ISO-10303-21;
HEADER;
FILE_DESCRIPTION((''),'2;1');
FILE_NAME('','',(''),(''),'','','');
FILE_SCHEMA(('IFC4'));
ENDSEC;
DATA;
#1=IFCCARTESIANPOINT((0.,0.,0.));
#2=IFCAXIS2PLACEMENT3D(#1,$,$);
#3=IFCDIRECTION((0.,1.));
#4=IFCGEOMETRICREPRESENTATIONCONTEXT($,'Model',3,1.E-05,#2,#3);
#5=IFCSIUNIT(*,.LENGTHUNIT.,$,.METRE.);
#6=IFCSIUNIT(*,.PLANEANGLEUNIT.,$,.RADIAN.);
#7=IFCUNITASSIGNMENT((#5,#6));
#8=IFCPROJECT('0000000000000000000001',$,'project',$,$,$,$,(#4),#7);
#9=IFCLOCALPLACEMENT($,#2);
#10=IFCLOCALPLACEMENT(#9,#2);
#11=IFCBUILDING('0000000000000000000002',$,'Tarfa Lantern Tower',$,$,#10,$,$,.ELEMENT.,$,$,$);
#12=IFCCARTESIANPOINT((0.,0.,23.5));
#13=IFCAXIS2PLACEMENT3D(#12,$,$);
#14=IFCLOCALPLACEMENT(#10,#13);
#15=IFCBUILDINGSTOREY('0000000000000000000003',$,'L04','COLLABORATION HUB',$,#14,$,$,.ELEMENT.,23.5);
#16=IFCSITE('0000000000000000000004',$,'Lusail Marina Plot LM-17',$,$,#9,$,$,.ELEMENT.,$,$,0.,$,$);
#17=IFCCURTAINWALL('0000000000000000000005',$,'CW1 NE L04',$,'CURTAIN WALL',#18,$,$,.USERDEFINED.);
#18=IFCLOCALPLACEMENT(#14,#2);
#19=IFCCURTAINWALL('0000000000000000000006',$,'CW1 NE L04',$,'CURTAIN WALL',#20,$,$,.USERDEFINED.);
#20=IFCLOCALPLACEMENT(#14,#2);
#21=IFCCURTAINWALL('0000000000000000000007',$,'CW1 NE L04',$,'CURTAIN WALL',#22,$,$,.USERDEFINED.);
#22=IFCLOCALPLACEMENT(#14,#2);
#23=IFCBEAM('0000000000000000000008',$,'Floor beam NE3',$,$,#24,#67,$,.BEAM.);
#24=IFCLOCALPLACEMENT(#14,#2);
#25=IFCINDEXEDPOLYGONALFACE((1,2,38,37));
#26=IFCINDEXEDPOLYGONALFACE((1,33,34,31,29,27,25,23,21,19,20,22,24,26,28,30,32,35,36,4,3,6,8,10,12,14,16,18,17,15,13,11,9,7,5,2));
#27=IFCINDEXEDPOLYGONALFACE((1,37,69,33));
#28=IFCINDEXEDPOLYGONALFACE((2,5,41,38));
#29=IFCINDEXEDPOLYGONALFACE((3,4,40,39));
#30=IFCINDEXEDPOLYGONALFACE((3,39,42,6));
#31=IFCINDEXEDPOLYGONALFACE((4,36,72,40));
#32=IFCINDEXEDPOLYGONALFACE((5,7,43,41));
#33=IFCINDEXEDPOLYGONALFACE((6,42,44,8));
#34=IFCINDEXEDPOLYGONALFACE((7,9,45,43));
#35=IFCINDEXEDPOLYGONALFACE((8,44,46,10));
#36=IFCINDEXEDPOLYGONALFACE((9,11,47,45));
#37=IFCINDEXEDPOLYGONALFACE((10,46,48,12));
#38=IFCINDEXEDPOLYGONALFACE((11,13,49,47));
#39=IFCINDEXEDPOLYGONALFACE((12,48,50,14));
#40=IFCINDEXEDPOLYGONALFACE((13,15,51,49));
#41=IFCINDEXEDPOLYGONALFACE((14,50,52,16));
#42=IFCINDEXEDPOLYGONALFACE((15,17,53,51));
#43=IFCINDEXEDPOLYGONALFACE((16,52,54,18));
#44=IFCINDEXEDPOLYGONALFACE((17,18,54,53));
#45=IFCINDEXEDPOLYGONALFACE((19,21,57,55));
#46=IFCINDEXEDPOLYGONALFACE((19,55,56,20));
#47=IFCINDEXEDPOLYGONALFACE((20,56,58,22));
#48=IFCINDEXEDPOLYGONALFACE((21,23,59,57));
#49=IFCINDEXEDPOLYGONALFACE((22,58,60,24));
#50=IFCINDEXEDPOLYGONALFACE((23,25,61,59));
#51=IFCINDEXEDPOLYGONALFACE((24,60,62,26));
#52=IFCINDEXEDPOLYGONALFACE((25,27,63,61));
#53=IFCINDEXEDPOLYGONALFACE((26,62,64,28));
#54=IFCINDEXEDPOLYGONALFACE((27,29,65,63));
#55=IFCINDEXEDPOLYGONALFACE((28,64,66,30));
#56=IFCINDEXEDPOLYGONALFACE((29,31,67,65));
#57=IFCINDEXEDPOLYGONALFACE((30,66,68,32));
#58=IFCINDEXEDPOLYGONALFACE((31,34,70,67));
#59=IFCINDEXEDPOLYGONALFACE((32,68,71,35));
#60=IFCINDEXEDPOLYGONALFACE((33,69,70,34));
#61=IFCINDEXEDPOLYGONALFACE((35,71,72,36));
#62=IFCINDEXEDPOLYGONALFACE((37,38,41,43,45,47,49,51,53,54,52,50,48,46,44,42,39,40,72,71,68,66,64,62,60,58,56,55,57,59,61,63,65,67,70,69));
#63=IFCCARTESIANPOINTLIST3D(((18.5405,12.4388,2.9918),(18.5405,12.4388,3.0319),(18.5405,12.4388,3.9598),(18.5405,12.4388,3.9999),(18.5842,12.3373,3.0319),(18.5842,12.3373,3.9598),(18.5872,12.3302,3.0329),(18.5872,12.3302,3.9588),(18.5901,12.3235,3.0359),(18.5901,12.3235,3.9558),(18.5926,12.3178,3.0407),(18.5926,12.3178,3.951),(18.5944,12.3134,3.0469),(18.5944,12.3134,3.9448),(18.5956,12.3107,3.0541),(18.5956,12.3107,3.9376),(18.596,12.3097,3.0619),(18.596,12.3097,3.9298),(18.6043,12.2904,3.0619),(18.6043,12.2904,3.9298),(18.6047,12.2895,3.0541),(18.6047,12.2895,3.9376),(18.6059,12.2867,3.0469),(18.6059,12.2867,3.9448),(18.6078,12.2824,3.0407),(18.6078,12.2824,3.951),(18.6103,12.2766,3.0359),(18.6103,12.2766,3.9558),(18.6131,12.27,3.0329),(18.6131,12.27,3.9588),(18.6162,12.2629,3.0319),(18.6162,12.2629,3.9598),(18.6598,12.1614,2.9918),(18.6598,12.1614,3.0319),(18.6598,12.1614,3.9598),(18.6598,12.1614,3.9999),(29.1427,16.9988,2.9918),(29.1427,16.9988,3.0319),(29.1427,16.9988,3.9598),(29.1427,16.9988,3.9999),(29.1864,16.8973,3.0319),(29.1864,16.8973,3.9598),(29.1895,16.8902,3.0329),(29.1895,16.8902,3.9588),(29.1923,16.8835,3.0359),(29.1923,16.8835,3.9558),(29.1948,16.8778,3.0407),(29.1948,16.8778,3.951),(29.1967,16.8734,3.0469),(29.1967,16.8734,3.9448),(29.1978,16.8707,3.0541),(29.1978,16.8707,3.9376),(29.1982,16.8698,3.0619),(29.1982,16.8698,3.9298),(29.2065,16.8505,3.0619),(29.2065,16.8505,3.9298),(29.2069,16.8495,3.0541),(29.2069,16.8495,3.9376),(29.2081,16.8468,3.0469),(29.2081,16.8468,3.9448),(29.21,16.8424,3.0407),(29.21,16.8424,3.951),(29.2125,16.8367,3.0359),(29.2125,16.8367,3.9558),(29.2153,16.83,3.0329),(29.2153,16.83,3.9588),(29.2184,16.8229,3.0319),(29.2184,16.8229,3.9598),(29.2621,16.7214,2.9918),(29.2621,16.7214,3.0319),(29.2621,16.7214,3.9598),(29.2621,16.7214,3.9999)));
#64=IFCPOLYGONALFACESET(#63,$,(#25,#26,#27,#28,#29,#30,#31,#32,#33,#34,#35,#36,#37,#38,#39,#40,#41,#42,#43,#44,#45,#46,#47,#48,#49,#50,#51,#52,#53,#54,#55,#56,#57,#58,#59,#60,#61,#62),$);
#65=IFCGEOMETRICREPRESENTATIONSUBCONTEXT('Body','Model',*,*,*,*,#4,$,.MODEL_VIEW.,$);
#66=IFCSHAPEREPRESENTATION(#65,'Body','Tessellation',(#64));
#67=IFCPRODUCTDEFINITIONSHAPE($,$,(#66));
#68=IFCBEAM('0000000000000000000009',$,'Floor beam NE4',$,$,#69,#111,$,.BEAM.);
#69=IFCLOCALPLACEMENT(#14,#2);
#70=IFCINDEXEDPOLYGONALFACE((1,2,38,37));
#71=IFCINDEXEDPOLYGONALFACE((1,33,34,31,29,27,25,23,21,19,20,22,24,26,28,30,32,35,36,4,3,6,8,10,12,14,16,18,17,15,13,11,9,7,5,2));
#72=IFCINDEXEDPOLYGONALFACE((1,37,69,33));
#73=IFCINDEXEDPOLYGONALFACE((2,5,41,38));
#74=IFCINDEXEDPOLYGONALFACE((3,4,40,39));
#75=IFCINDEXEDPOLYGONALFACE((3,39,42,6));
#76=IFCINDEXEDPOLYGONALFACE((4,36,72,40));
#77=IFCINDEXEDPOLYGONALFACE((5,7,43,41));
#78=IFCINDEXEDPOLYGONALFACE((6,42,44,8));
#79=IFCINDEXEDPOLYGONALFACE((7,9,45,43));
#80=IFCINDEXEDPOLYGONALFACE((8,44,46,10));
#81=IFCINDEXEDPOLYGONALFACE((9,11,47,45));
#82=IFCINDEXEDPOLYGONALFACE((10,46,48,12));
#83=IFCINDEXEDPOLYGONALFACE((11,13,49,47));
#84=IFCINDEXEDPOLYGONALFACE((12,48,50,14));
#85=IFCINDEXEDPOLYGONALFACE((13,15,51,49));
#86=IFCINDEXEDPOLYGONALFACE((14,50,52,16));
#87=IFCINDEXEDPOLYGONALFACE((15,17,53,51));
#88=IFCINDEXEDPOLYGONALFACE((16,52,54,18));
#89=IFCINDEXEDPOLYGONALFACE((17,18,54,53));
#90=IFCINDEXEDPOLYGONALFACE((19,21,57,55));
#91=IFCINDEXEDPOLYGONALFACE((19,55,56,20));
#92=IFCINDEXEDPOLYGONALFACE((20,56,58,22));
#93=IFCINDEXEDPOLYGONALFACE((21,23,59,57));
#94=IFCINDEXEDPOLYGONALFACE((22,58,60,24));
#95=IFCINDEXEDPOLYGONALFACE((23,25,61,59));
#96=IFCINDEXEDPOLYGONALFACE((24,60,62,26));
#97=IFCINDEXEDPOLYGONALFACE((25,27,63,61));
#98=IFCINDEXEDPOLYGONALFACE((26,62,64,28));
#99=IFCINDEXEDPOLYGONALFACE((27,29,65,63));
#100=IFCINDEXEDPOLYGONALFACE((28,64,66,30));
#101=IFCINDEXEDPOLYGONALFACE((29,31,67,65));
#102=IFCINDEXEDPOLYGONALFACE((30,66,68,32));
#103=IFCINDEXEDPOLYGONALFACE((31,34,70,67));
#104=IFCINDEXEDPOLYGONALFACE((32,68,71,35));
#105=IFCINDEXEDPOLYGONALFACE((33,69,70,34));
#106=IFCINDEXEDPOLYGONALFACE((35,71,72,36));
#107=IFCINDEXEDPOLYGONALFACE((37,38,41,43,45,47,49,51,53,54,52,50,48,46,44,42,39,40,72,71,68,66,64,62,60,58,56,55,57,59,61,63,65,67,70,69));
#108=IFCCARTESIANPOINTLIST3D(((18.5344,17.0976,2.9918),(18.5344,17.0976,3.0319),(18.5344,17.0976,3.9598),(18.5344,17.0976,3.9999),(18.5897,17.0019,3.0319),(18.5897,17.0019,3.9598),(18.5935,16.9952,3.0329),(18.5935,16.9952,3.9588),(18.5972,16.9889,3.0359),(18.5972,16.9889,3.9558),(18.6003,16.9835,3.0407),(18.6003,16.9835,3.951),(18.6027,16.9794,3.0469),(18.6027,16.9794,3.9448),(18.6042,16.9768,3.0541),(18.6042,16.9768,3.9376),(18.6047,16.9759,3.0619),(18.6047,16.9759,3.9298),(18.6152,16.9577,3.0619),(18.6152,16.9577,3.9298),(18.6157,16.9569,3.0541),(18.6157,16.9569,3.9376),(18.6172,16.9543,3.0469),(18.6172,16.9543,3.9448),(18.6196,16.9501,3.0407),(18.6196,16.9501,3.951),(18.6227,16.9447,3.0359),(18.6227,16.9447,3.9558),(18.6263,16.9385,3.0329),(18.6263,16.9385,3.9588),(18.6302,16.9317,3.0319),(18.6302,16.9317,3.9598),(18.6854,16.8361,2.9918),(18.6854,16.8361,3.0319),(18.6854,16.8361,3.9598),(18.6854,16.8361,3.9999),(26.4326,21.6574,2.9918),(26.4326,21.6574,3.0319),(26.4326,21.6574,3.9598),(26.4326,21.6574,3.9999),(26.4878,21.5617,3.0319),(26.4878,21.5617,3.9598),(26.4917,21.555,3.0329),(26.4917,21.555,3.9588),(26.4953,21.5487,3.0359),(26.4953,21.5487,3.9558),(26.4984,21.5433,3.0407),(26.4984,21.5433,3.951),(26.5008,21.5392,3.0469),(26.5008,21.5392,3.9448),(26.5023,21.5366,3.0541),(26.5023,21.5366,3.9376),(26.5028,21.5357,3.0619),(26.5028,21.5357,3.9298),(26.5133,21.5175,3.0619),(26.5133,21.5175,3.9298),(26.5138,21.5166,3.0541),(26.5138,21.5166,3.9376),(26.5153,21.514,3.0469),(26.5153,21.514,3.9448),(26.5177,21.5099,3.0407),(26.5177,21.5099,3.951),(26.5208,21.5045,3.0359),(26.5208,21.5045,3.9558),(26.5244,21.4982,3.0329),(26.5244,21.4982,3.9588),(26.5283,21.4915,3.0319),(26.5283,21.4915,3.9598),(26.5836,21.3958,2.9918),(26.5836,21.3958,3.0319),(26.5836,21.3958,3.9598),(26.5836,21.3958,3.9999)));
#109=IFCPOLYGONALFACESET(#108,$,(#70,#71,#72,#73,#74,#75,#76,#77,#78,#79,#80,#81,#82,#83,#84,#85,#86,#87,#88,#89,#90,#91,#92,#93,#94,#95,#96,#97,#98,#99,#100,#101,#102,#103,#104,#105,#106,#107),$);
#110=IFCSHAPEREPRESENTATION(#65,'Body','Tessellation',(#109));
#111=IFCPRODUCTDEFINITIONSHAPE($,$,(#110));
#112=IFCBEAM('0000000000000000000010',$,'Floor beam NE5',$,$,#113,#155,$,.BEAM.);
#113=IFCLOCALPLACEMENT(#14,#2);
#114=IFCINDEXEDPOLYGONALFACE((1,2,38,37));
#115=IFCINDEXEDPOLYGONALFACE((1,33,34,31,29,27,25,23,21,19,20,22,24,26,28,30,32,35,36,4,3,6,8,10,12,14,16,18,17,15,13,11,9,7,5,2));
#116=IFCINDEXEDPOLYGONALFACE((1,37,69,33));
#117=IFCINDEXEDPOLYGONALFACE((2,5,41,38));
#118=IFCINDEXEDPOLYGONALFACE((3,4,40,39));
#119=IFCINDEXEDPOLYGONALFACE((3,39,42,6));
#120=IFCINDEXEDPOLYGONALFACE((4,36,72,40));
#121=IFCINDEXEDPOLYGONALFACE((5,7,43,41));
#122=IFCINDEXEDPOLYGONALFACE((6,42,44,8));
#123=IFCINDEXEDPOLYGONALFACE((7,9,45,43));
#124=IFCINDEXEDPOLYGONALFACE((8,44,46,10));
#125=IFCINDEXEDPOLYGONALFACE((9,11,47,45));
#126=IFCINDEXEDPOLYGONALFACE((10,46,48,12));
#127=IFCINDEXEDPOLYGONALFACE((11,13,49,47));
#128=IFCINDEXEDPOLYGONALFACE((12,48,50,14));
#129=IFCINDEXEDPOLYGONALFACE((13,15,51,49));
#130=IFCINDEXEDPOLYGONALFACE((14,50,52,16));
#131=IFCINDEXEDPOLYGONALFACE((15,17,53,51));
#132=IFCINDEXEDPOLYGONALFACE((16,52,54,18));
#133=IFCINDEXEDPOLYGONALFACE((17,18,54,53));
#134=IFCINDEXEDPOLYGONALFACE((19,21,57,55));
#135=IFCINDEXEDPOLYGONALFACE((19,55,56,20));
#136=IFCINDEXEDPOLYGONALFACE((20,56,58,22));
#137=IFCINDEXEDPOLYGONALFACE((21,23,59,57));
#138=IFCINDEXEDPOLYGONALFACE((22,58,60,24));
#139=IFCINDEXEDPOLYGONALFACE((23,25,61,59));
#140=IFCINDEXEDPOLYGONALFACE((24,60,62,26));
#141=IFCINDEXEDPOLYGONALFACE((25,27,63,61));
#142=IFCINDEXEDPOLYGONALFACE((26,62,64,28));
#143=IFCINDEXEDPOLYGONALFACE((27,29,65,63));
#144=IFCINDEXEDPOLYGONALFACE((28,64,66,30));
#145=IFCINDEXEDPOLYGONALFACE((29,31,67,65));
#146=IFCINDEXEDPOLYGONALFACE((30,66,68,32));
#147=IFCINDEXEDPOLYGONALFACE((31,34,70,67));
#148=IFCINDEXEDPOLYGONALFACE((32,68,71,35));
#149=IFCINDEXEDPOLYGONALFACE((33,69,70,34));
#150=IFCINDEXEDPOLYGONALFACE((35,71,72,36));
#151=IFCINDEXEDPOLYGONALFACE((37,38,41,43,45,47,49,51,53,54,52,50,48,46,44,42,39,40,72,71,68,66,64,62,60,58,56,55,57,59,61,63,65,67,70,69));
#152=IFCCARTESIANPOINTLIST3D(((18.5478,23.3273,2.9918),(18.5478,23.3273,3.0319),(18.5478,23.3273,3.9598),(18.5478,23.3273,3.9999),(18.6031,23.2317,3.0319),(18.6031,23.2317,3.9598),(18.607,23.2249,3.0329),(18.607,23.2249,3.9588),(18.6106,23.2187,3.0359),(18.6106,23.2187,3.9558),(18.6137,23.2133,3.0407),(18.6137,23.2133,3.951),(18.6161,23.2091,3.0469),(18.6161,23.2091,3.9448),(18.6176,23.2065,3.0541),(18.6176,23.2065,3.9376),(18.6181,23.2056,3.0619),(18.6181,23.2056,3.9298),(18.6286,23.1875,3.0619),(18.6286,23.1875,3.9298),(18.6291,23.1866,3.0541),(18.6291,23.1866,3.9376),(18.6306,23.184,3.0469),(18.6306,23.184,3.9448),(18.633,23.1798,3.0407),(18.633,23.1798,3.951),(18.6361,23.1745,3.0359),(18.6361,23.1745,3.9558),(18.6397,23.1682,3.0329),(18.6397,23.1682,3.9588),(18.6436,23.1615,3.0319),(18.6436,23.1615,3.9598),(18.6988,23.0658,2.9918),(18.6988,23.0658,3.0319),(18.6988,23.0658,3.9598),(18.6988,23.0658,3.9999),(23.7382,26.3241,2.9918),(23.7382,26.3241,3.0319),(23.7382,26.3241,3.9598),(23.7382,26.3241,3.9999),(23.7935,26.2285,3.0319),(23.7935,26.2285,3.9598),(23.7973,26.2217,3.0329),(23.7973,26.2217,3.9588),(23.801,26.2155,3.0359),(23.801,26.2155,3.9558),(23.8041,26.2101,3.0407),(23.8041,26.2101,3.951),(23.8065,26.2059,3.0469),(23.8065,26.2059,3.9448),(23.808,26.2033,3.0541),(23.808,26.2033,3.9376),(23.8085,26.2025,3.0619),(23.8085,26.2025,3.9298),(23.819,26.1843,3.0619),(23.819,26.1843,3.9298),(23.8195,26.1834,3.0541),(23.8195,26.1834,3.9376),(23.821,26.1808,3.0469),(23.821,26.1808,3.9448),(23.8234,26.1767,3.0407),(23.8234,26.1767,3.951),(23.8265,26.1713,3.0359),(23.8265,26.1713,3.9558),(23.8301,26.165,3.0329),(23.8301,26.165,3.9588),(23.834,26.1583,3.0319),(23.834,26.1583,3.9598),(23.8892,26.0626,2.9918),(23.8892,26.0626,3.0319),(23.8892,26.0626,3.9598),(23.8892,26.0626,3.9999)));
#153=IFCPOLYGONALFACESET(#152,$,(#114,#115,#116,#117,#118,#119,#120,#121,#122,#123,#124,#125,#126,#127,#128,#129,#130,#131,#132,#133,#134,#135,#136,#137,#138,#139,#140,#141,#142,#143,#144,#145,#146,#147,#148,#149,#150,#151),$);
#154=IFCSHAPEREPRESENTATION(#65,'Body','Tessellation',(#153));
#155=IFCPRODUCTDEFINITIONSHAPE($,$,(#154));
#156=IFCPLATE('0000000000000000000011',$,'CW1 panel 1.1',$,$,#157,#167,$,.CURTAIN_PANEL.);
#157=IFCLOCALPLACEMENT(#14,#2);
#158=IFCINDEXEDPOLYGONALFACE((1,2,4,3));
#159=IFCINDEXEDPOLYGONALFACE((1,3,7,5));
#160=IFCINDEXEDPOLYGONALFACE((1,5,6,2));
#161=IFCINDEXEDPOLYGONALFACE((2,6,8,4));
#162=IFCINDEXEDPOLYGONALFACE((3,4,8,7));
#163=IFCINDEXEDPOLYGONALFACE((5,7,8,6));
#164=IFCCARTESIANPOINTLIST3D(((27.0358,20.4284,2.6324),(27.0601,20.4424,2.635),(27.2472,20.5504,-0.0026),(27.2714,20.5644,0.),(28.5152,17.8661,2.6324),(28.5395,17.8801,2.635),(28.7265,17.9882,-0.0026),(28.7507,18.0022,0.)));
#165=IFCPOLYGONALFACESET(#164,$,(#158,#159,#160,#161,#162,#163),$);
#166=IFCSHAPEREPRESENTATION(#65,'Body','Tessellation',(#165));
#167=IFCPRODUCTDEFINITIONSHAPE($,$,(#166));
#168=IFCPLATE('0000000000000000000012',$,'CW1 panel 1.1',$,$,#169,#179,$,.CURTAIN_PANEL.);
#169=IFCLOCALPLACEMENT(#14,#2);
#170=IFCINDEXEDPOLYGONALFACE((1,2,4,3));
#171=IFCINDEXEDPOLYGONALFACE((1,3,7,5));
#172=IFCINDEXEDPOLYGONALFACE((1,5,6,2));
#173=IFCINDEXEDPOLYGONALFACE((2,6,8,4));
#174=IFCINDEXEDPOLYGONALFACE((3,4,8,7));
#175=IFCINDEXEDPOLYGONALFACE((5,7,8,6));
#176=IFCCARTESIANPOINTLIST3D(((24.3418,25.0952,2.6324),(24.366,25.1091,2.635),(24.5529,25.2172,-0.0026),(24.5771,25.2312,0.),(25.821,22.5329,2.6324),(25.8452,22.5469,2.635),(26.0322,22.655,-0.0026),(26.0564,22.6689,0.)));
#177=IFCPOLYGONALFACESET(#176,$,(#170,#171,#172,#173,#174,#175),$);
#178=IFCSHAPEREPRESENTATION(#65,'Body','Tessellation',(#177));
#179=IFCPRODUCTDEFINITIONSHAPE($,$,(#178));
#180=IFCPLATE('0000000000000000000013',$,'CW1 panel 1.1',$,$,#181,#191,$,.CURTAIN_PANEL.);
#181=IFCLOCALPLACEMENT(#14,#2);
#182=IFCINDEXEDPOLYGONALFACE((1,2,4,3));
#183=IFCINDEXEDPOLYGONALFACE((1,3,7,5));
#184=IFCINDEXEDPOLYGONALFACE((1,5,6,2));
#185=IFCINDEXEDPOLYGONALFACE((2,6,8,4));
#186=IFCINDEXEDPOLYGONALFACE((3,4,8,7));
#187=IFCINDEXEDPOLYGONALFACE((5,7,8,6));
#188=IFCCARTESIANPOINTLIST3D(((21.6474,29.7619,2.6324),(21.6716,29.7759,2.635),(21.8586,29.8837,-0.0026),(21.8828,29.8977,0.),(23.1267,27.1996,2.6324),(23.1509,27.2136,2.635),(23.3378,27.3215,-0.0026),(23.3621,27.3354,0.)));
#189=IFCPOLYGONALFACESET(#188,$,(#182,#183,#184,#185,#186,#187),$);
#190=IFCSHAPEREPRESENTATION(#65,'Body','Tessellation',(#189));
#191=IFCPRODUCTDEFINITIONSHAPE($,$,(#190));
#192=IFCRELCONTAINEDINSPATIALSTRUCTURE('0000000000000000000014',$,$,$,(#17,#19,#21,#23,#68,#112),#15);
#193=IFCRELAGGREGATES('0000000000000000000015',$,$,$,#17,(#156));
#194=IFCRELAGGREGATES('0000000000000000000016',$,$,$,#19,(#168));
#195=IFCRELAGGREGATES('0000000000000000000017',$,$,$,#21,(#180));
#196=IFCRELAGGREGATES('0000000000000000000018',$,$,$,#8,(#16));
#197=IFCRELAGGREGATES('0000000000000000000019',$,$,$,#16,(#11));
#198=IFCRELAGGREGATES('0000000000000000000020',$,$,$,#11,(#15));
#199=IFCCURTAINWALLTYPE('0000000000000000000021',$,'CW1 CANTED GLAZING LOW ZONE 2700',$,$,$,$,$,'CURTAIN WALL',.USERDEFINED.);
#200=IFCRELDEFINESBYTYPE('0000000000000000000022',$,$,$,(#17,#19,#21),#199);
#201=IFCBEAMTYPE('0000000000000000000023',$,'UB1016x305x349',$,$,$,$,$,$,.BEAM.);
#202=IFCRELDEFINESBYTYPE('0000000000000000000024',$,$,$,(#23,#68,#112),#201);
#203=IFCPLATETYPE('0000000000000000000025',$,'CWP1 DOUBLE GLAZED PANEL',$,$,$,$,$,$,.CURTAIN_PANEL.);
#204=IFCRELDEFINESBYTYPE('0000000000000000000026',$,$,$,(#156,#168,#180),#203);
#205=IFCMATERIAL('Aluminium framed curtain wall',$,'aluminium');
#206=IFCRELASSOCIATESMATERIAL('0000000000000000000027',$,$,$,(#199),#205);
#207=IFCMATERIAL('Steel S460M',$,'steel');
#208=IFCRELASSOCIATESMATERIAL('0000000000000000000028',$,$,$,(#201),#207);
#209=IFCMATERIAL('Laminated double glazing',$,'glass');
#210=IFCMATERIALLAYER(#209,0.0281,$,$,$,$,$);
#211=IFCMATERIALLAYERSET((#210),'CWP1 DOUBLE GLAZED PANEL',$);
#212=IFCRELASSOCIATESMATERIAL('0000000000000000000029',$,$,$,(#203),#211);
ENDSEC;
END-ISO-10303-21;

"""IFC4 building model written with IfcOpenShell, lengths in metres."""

from ifc_helpers import new_model, si_unit, direction, frame, origin, origin_2d, place, context, subcontext, project, spatial, polyline, i_section, outline, extrude, material, layer, layer_set, material_profile, profile_set, type_object, element, aggregate, save


model = new_model("IFC4")

# Units and contexts
model_context = context("Model", 3, precision=1e-05, world=origin(), true_north=direction((0.0, 1.0)))
body_context = subcontext(model_context, "Body", "Model", "MODEL_VIEW")
ifc_project = project(units=[si_unit("LENGTHUNIT", "METRE"), si_unit("PLANEANGLEUNIT", "RADIAN")], contexts=[model_context])

# Site, building, storey
site_placement = place(None, origin())
site = spatial("IfcSite", under=ifc_project, at=site_placement, Name="Lusail Marina Plot LM-17", CompositionType="ELEMENT", RefElevation=0.0)
building_placement = place(site_placement, origin())
building = spatial("IfcBuilding", under=site, at=building_placement, Name="Tarfa Lantern Tower", CompositionType="ELEMENT")
storey_placement = place(building_placement, frame((0.0, 0.0, 23.5)))
storey = spatial("IfcBuildingStorey", under=building, at=storey_placement, Name="L04", Description="COLLABORATION HUB", CompositionType="ELEMENT", Elevation=23.5)

# Curtain walls
ifc_material_1 = material(Name="Aluminium framed curtain wall", Category="aluminium")
curtain_wall_type = type_object("IfcCurtainWallType", Name="CW1 CANTED GLAZING LOW ZONE 2700", ElementType="CURTAIN WALL", PredefinedType="USERDEFINED", material=ifc_material_1)
curtain_wall_1_placement = place(storey_placement, origin())
curtain_wall_1 = element("IfcCurtainWall", 1, at=curtain_wall_1_placement, inside=storey, type_object=curtain_wall_type, Name="CW1 NE L04", ObjectType="CURTAIN WALL", PredefinedType="USERDEFINED")
curtain_wall_2_placement = place(storey_placement, origin())
curtain_wall_2 = element("IfcCurtainWall", 2, at=curtain_wall_2_placement, inside=storey, type_object=curtain_wall_type, Name="CW1 NE L04", ObjectType="CURTAIN WALL", PredefinedType="USERDEFINED")

# Curtain wall
curtain_wall_3_placement = place(storey_placement, origin())
curtain_wall_3 = element("IfcCurtainWall", 3, at=curtain_wall_3_placement, inside=storey, type_object=curtain_wall_type, Name="CW1 NE L04", ObjectType="CURTAIN WALL", PredefinedType="USERDEFINED")

# Beams
ifc_material_2 = material(Name="Steel S460M", Category="steel")
ifc_material_profile_1 = material_profile(ifc_material_2, i_section(OverallWidth=0.302, OverallDepth=1.0081, WebThickness=0.021, FlangeThickness=0.04, FilletRadius=0.03, at=origin_2d()), Name="UB1016x305x349")
ifc_profile_set_1 = profile_set([ifc_material_profile_1], Name="Steel S460M")
beam_type_1 = type_object("IfcBeamType", Name="UB1016x305x349", PredefinedType="BEAM", material=ifc_profile_set_1)
beam_1_placement = place(storey_placement, frame((29.2024, 16.8601, 3.4958), z_axis=(-0.918635, -0.395106, 0.0), x_axis=(0.395106, -0.918635, 0.0)))
element("IfcBeam", 4, at=beam_1_placement, inside=storey, type_object=beam_type_1, Name="Floor beam NE3", PredefinedType="BEAM", context=body_context, shape_type="SweptSolid", body=[
    extrude(i_section(OverallWidth=0.302, OverallDepth=1.0081, WebThickness=0.021, FlangeThickness=0.04, FilletRadius=0.03, at=origin_2d()), origin(), (0.0, 0.0, 1.0), 11.5413),
])
beam_2_placement = place(storey_placement, frame((26.5081, 21.5266, 3.4958), z_axis=(-0.866035, -0.499983, 0.0), x_axis=(0.499983, -0.866035, 0.0)))
element("IfcBeam", 5, at=beam_2_placement, inside=storey, type_object=beam_type_1, Name="Floor beam NE4", PredefinedType="BEAM", context=body_context, shape_type="SweptSolid", body=[
    extrude(i_section(OverallWidth=0.302, OverallDepth=1.0081, WebThickness=0.021, FlangeThickness=0.04, FilletRadius=0.03, at=origin_2d()), origin(), (0.0, 0.0, 1.0), 9.1199),
])
beam_3_placement = place(storey_placement, frame((23.8137, 26.1934, 3.4958), z_axis=(-0.866016, -0.500016, 0.0), x_axis=(0.500016, -0.866016, 0.0)))
element("IfcBeam", 6, at=beam_3_placement, inside=storey, type_object=beam_type_1, Name="Floor beam NE5", PredefinedType="BEAM", context=body_context, shape_type="SweptSolid", body=[
    extrude(i_section(OverallWidth=0.302, OverallDepth=1.0081, WebThickness=0.021, FlangeThickness=0.04, FilletRadius=0.03, at=origin_2d()), origin(), (0.0, 0.0, 1.0), 5.9934),
])

# Plates
ifc_material_3 = material(Name="Laminated double glazing", Category="glass")
ifc_layer_1 = layer(ifc_material_3, 0.0281)
ifc_layer_set_1 = layer_set([ifc_layer_1], Name="CWP1 DOUBLE GLAZED PANEL")
plate_type = type_object("IfcPlateType", Name="CWP1 DOUBLE GLAZED PANEL", PredefinedType="CURTAIN_PANEL", material=ifc_layer_set_1)
plate_1_placement = place(storey_placement, frame((28.7507, 18.0022, 0.0), z_axis=(0.862328, 0.497882, 0.092216), x_axis=(-0.500013, 0.866018, -0.000003)))
plate_1 = element("IfcPlate", 7, at=plate_1_placement, type_object=plate_type, Name="CW1 panel 1.1", PredefinedType="CURTAIN_PANEL", context=body_context, shape_type="SweptSolid", body=[
    extrude(outline(polyline([(0.0, 0.0), (2.9586, 0.0), (2.9586, 2.6463), (-0.0001, 2.6463), (0.0, 0.0)])), origin(), (0.0, 0.0, -1.0), 0.0281),
])
aggregate(curtain_wall_1, [plate_1])
plate_2_placement = place(storey_placement, frame((26.0564, 22.6689, 0.0), z_axis=(0.862349, 0.497853, 0.092176), x_axis=(-0.499982, 0.866036, 0.0)))
plate_2 = element("IfcPlate", 8, at=plate_2_placement, type_object=plate_type, Name="CW1 panel 1.1", PredefinedType="CURTAIN_PANEL", context=body_context, shape_type="SweptSolid", body=[
    extrude(outline(polyline([(0.0, 0.0), (2.9586, 0.0), (2.9585, 2.6463), (-0.0001, 2.6463), (0.0, 0.0)])), origin(), (0.0, 0.0, -1.0), 0.0281),
])
aggregate(curtain_wall_2, [plate_2])
plate_3_placement = place(storey_placement, frame((23.3621, 27.3354, 0.0), z_axis=(0.862353, 0.497856, 0.092131), x_axis=(-0.499982, 0.866036, 0.0)))
plate_3 = element("IfcPlate", 9, at=plate_3_placement, type_object=plate_type, Name="CW1 panel 1.1", PredefinedType="CURTAIN_PANEL", context=body_context, shape_type="SweptSolid", body=[
    extrude(outline(polyline([(0.0, 0.0), (2.9586, 0.0), (2.9587, 2.6463), (0.0001, 2.6463), (0.0, 0.0)])), origin(), (0.0, 0.0, -1.0), 0.0281),
])
aggregate(curtain_wall_3, [plate_3])

save(model, "model.ifc")
